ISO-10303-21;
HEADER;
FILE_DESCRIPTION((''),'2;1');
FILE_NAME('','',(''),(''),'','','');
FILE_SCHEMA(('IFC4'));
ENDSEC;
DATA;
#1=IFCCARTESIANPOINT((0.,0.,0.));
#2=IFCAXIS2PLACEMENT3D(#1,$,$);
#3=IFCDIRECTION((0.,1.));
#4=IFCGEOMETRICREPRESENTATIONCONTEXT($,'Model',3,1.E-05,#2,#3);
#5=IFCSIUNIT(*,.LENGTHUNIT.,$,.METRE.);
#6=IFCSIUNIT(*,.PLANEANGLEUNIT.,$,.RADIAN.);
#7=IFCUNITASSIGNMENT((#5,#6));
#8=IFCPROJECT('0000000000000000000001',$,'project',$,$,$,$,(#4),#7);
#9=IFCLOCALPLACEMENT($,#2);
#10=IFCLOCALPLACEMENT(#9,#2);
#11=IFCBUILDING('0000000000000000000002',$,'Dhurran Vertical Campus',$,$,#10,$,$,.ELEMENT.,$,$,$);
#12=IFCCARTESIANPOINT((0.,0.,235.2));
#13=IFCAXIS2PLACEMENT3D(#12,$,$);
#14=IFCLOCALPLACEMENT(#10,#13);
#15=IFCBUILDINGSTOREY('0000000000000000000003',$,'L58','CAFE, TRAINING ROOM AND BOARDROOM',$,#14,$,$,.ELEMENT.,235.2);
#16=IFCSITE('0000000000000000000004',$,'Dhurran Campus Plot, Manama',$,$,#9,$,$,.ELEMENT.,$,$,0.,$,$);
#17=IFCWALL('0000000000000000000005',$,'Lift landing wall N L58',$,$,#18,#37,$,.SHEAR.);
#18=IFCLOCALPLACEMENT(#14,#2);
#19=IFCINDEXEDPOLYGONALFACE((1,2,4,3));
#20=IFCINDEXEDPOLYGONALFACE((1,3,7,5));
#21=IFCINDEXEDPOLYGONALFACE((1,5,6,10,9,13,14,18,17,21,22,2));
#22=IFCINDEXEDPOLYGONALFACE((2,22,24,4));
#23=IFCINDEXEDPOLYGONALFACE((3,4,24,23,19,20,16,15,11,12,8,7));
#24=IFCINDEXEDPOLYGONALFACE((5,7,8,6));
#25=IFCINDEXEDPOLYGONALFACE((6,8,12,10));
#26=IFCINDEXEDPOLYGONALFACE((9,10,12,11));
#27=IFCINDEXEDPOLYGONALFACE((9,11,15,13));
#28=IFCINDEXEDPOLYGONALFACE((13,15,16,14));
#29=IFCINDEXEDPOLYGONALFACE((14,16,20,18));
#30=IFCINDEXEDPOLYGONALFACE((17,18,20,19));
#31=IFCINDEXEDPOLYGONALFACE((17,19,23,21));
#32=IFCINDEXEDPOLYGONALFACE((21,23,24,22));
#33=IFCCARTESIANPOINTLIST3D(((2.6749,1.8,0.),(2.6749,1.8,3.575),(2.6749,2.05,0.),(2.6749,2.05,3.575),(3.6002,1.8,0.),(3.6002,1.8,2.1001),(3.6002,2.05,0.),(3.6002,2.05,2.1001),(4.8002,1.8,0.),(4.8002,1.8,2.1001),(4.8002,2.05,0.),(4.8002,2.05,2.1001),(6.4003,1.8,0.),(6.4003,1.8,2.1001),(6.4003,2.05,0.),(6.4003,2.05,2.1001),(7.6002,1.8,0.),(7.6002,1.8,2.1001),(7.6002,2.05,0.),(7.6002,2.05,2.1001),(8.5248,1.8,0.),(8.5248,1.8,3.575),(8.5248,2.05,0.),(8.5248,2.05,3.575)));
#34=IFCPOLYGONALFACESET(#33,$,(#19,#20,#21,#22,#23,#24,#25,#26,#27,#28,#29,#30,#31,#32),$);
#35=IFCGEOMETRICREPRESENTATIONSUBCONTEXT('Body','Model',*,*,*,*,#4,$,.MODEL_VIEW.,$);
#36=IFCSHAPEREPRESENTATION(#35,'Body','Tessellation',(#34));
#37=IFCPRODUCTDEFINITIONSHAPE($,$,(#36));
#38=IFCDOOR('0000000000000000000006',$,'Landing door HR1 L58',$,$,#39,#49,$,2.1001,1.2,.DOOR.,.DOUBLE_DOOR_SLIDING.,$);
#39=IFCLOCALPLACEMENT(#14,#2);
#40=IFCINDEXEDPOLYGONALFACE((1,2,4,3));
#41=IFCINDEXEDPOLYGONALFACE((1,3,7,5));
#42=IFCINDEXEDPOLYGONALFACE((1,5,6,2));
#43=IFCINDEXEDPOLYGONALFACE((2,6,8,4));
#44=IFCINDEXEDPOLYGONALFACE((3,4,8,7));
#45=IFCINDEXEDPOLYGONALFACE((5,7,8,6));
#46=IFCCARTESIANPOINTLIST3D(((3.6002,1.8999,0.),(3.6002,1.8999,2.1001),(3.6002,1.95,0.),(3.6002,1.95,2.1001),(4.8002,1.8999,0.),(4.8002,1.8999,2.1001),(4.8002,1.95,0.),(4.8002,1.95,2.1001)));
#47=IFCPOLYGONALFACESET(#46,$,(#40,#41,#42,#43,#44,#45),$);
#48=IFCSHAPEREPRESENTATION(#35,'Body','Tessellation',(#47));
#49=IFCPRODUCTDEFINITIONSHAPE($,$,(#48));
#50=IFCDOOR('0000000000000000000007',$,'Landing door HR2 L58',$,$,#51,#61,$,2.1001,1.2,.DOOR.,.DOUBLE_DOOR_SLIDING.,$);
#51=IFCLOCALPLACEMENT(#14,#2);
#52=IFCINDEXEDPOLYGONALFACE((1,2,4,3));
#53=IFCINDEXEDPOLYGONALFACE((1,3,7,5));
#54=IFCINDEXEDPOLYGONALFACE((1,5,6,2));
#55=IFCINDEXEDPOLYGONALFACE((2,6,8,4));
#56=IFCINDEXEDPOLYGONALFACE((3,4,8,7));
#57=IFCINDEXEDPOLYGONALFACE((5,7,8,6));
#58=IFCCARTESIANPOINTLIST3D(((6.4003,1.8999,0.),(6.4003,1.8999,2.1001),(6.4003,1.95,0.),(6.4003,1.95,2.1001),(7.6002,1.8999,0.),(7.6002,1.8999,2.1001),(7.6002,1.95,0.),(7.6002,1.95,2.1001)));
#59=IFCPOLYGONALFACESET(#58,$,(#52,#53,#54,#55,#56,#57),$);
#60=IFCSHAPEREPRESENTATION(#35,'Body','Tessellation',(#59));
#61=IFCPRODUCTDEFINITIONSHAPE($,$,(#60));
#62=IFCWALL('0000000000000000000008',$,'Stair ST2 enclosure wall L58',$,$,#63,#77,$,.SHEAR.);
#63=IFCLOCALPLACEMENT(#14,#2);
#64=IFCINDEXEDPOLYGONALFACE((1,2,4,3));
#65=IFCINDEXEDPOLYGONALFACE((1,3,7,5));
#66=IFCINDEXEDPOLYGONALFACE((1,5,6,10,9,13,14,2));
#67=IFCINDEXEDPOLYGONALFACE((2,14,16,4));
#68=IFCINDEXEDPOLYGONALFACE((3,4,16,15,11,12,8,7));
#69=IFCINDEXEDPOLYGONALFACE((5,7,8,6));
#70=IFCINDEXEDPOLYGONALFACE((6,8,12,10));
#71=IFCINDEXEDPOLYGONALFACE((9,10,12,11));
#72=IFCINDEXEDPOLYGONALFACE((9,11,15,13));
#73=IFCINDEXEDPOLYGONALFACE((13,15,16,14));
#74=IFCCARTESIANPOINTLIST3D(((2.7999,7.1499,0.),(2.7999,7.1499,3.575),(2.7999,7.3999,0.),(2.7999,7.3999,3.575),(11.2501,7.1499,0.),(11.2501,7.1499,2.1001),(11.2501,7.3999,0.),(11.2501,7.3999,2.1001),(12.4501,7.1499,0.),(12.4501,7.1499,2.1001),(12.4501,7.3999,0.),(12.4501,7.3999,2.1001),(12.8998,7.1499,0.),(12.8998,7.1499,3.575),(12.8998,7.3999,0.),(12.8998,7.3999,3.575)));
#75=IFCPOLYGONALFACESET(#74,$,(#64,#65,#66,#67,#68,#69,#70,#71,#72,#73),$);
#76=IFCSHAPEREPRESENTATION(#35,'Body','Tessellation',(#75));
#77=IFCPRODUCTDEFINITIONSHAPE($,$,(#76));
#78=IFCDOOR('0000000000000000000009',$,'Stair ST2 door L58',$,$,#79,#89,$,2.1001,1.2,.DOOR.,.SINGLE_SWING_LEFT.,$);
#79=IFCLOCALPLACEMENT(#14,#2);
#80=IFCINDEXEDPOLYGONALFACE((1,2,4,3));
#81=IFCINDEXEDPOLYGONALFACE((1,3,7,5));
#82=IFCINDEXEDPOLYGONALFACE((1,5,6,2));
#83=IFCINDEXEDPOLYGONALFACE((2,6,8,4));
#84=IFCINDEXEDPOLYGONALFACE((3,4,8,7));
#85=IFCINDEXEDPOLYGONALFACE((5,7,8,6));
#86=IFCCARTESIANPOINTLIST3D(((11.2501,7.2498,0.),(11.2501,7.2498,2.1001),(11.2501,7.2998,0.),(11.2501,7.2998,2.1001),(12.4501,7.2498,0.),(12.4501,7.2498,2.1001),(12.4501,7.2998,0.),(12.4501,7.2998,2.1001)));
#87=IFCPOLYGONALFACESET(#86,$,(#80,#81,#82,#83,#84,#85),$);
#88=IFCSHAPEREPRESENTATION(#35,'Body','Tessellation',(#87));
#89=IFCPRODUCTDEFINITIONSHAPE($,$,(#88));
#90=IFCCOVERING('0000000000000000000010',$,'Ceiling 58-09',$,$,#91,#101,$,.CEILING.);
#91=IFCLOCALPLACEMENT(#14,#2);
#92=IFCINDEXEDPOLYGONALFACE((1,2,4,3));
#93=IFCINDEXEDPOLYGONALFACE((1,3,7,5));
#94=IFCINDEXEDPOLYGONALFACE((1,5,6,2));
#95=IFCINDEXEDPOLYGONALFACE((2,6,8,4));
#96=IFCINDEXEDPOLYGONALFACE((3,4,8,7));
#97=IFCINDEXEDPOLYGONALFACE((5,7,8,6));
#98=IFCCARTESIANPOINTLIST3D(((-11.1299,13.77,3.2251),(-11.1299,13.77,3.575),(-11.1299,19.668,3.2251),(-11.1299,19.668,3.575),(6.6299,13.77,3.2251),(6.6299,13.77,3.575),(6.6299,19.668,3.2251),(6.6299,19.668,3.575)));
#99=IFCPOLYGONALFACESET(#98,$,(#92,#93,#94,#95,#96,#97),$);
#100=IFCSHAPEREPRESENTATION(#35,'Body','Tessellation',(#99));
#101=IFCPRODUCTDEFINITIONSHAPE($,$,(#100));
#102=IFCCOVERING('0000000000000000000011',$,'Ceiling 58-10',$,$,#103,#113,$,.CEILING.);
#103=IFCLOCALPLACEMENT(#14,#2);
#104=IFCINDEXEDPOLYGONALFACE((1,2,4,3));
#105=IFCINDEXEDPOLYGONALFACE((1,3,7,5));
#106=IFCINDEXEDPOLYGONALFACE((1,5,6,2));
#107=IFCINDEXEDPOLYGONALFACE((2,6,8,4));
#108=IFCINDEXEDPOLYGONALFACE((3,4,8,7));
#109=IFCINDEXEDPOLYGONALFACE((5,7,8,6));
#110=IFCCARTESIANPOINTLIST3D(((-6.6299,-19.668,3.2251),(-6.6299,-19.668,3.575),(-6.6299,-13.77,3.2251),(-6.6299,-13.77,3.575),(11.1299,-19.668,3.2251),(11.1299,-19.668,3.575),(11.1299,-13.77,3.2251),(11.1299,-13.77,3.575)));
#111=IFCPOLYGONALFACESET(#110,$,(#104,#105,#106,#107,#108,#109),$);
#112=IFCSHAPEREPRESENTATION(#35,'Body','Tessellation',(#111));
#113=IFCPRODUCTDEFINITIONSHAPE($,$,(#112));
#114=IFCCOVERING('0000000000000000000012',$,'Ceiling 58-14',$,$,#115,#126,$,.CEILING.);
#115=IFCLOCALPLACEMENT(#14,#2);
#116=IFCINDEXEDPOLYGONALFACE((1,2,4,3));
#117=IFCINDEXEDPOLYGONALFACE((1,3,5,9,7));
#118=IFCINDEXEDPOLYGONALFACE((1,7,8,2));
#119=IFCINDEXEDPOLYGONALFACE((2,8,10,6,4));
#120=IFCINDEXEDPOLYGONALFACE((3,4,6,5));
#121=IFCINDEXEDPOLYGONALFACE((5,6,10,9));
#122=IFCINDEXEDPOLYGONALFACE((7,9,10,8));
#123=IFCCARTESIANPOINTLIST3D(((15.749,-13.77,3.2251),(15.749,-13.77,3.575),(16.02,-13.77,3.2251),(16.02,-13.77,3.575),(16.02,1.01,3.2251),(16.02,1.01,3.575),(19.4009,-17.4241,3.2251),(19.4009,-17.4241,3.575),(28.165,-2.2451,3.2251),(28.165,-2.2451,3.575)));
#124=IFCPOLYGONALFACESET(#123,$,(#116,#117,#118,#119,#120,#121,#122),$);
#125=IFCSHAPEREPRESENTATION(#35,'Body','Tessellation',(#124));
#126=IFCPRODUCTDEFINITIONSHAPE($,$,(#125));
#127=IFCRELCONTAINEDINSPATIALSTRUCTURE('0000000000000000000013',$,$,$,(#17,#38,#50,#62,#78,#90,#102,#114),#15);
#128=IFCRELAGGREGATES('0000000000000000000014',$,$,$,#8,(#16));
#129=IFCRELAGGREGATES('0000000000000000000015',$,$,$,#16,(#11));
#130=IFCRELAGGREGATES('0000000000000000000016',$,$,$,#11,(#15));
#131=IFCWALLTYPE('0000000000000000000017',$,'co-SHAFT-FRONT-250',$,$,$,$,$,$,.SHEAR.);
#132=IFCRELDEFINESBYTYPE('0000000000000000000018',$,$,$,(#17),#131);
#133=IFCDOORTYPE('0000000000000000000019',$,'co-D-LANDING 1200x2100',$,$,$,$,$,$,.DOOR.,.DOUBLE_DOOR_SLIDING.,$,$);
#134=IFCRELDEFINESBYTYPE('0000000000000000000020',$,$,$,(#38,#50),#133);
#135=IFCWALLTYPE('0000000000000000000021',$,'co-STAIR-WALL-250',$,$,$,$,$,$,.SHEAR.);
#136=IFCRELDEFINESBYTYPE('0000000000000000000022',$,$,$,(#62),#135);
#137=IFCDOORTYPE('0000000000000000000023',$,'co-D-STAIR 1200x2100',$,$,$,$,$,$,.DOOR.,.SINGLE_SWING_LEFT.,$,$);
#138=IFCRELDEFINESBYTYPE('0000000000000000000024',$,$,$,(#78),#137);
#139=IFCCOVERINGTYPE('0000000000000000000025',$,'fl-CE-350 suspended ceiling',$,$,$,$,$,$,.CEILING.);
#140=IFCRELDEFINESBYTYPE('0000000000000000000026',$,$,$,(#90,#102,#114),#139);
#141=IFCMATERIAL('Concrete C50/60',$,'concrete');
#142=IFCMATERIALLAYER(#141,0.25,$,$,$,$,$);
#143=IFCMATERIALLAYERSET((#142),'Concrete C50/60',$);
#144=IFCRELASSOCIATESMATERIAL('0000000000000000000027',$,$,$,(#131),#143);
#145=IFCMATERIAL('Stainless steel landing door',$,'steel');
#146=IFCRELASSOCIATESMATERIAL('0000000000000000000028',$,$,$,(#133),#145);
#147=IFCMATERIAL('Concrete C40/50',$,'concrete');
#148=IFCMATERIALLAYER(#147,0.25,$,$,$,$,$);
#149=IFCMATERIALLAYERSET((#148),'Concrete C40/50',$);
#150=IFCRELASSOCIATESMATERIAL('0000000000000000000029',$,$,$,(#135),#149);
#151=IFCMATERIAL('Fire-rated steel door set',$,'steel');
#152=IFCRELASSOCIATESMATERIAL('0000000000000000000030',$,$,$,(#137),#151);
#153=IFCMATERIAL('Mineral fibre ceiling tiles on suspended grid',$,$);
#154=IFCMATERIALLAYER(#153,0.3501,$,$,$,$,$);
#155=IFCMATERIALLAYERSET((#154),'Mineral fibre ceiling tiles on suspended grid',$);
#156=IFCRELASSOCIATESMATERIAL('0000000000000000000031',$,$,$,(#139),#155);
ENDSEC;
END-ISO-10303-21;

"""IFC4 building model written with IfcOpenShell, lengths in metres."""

from ifc_helpers import new_model, si_unit, direction, frame, frame_2d, origin, place, context, subcontext, project, spatial, polyline, rectangle, outline, extrude, material, layer, layer_set, type_object, element, fill, save


model = new_model("IFC4")

# Units and contexts
model_context = context("Model", 3, precision=1e-05, world=origin(), true_north=direction((0.0, 1.0)))
body_context = subcontext(model_context, "Body", "Model", "MODEL_VIEW")
ifc_project = project(units=[si_unit("LENGTHUNIT", "METRE"), si_unit("PLANEANGLEUNIT", "RADIAN")], contexts=[model_context])

# Site, building, storey
site_placement = place(None, origin())
site = spatial("IfcSite", under=ifc_project, at=site_placement, Name="Dhurran Campus Plot, Manama", CompositionType="ELEMENT", RefElevation=0.0)
building_placement = place(site_placement, origin())
building = spatial("IfcBuilding", under=site, at=building_placement, Name="Dhurran Vertical Campus", CompositionType="ELEMENT")
storey_placement = place(building_placement, frame((0.0, 0.0, 235.2)))
storey = spatial("IfcBuildingStorey", under=building, at=storey_placement, Name="L58", Description="CAFE, TRAINING ROOM AND BOARDROOM", CompositionType="ELEMENT", Elevation=235.2)

# Wall, openings, doors
ifc_material_1 = material(Name="Concrete C50/60", Category="concrete")
ifc_layer_1 = layer(ifc_material_1, 0.25)
ifc_layer_set_1 = layer_set([ifc_layer_1], Name="Concrete C50/60")
wall_type_1 = type_object("IfcWallType", Name="co-SHAFT-FRONT-250", PredefinedType="SHEAR", material=ifc_layer_set_1)
wall_1_placement = place(storey_placement, frame((2.675, 1.925, 0.0), z_axis=(0.0, 0.0, 1.0), x_axis=(1.0, 0.0, 0.0)))
wall_1 = element("IfcWall", 1, at=wall_1_placement, inside=storey, type_object=wall_type_1, Name="Lift landing wall N L58", PredefinedType="SHEAR", context=body_context, shape_type="SweptSolid", body=[
    extrude(rectangle(XDim=5.8499, YDim=0.25, at=frame_2d((2.9248, 0.0))), origin(), (0.0, 0.0, 1.0), 3.575),
])
opening_1_placement = place(wall_1_placement, frame((0.925, 0.0, 0.0)))
opening_1 = element("IfcOpeningElement", 2, at=opening_1_placement, cuts=wall_1, PredefinedType="OPENING", context=body_context, shape_type="SweptSolid", body=[
    extrude(rectangle(XDim=1.2, YDim=2.1001, at=frame_2d((0.6001, 1.05))), frame((0.0, 0.135, 0.0), z_axis=(0.0, -1.0, 0.0), x_axis=(1.0, 0.0, 0.0)), (0.0, 0.0, 1.0), 0.27),
])
opening_2_placement = place(wall_1_placement, frame((3.7251, 0.0, 0.0)))
opening_2 = element("IfcOpeningElement", 3, at=opening_2_placement, cuts=wall_1, PredefinedType="OPENING", context=body_context, shape_type="SweptSolid", body=[
    extrude(rectangle(XDim=1.2, YDim=2.1001, at=frame_2d((0.6001, 1.05))), frame((0.0, 0.135, 0.0), z_axis=(0.0, -1.0, 0.0), x_axis=(1.0, 0.0, 0.0)), (0.0, 0.0, 1.0), 0.27),
])
ifc_material_2 = material(Name="Stainless steel landing door", Category="steel")
door_type_1 = type_object("IfcDoorType", Name="co-D-LANDING 1200x2100", OperationType="DOUBLE_DOOR_SLIDING", PredefinedType="DOOR", material=ifc_material_2)
door_1_placement = place(opening_1_placement, origin())
door_1 = element("IfcDoor", 4, at=door_1_placement, inside=storey, type_object=door_type_1, Name="Landing door HR1 L58", OperationType="DOUBLE_DOOR_SLIDING", OverallHeight=2.1001, OverallWidth=1.2, PredefinedType="DOOR", context=body_context, shape_type="SweptSolid", body=[
    extrude(rectangle(XDim=1.2, YDim=2.1001, at=frame_2d((0.6001, 1.05))), frame((0.0, 0.0249, 0.0), z_axis=(0.0, -1.0, 0.0), x_axis=(1.0, 0.0, 0.0)), (0.0, 0.0, 1.0), 0.05),
])
fill(opening_1, door_1)
door_2_placement = place(opening_2_placement, origin())
door_2 = element("IfcDoor", 5, at=door_2_placement, inside=storey, type_object=door_type_1, Name="Landing door HR2 L58", OperationType="DOUBLE_DOOR_SLIDING", OverallHeight=2.1001, OverallWidth=1.2, PredefinedType="DOOR", context=body_context, shape_type="SweptSolid", body=[
    extrude(rectangle(XDim=1.2, YDim=2.1001, at=frame_2d((0.6001, 1.05))), frame((0.0, 0.0249, 0.0), z_axis=(0.0, -1.0, 0.0), x_axis=(1.0, 0.0, 0.0)), (0.0, 0.0, 1.0), 0.05),
])
fill(opening_2, door_2)

# Wall, opening, door
ifc_material_3 = material(Name="Concrete C40/50", Category="concrete")
ifc_layer_2 = layer(ifc_material_3, 0.25)
ifc_layer_set_2 = layer_set([ifc_layer_2], Name="Concrete C40/50")
wall_type_2 = type_object("IfcWallType", Name="co-STAIR-WALL-250", PredefinedType="SHEAR", material=ifc_layer_set_2)
wall_2_placement = place(storey_placement, frame((2.8, 7.2749, 0.0), z_axis=(0.0, 0.0, 1.0), x_axis=(1.0, 0.0, 0.0)))
wall_2 = element("IfcWall", 6, at=wall_2_placement, inside=storey, type_object=wall_type_2, Name="Stair ST2 enclosure wall L58", PredefinedType="SHEAR", context=body_context, shape_type="SweptSolid", body=[
    extrude(rectangle(XDim=10.0999, YDim=0.25, at=frame_2d((5.0498, 0.0))), origin(), (0.0, 0.0, 1.0), 3.575),
])
opening_3_placement = place(wall_2_placement, frame((8.45, 0.0, 0.0)))
opening_3 = element("IfcOpeningElement", 7, at=opening_3_placement, cuts=wall_2, PredefinedType="OPENING", context=body_context, shape_type="SweptSolid", body=[
    extrude(rectangle(XDim=1.2, YDim=2.1001, at=frame_2d((0.6001, 1.05))), frame((0.0, 0.135, 0.0), z_axis=(0.0, -1.0, 0.0), x_axis=(1.0, 0.0, 0.0)), (0.0, 0.0, 1.0), 0.27),
])
ifc_material_4 = material(Name="Fire-rated steel door set", Category="steel")
door_type_2 = type_object("IfcDoorType", Name="co-D-STAIR 1200x2100", OperationType="SINGLE_SWING_LEFT", PredefinedType="DOOR", material=ifc_material_4)
door_3_placement = place(opening_3_placement, origin())
door_3 = element("IfcDoor", 8, at=door_3_placement, inside=storey, type_object=door_type_2, Name="Stair ST2 door L58", OperationType="SINGLE_SWING_LEFT", OverallHeight=2.1001, OverallWidth=1.2, PredefinedType="DOOR", context=body_context, shape_type="SweptSolid", body=[
    extrude(rectangle(XDim=1.2, YDim=2.1001, at=frame_2d((0.6001, 1.05))), frame((0.0, 0.0249, 0.0), z_axis=(0.0, -1.0, 0.0), x_axis=(1.0, 0.0, 0.0)), (0.0, 0.0, 1.0), 0.05),
])
fill(opening_3, door_3)

# Coverings
ifc_material_5 = material(Name="Mineral fibre ceiling tiles on suspended grid")
ifc_layer_3 = layer(ifc_material_5, 0.3501)
ifc_layer_set_3 = layer_set([ifc_layer_3], Name="Mineral fibre ceiling tiles on suspended grid")
covering_type = type_object("IfcCoveringType", Name="fl-CE-350 suspended ceiling", PredefinedType="CEILING", material=ifc_layer_set_3)
covering_1_placement = place(storey_placement, frame((0.0, 0.0, 3.2251)))
element("IfcCovering", 9, at=covering_1_placement, inside=storey, type_object=covering_type, Name="Ceiling 58-09", PredefinedType="CEILING", context=body_context, shape_type="SweptSolid", body=[
    extrude(outline(polyline([(-11.1299, 19.668), (6.6299, 19.668), (6.6299, 13.77), (-11.1299, 13.77), (-11.1299, 19.668)])), origin(), (0.0, 0.0, 1.0), 0.3499),
])
covering_2_placement = place(storey_placement, frame((0.0, 0.0, 3.2251)))
element("IfcCovering", 10, at=covering_2_placement, inside=storey, type_object=covering_type, Name="Ceiling 58-10", PredefinedType="CEILING", context=body_context, shape_type="SweptSolid", body=[
    extrude(outline(polyline([(11.1299, -19.668), (-6.6299, -19.668), (-6.6299, -13.77), (11.1299, -13.77), (11.1299, -19.668)])), origin(), (0.0, 0.0, 1.0), 0.3499),
])
covering_3_placement = place(storey_placement, frame((0.0, 0.0, 3.2251)))
element("IfcCovering", 11, at=covering_3_placement, inside=storey, type_object=covering_type, Name="Ceiling 58-14", PredefinedType="CEILING", context=body_context, shape_type="SweptSolid", body=[
    extrude(outline(polyline([(28.165, -2.2451), (19.4009, -17.4241), (15.749, -13.77), (16.02, -13.77), (16.02, 1.01), (28.165, -2.2451)])), origin(), (0.0, 0.0, 1.0), 0.3499),
])

save(model, "model.ifc")
